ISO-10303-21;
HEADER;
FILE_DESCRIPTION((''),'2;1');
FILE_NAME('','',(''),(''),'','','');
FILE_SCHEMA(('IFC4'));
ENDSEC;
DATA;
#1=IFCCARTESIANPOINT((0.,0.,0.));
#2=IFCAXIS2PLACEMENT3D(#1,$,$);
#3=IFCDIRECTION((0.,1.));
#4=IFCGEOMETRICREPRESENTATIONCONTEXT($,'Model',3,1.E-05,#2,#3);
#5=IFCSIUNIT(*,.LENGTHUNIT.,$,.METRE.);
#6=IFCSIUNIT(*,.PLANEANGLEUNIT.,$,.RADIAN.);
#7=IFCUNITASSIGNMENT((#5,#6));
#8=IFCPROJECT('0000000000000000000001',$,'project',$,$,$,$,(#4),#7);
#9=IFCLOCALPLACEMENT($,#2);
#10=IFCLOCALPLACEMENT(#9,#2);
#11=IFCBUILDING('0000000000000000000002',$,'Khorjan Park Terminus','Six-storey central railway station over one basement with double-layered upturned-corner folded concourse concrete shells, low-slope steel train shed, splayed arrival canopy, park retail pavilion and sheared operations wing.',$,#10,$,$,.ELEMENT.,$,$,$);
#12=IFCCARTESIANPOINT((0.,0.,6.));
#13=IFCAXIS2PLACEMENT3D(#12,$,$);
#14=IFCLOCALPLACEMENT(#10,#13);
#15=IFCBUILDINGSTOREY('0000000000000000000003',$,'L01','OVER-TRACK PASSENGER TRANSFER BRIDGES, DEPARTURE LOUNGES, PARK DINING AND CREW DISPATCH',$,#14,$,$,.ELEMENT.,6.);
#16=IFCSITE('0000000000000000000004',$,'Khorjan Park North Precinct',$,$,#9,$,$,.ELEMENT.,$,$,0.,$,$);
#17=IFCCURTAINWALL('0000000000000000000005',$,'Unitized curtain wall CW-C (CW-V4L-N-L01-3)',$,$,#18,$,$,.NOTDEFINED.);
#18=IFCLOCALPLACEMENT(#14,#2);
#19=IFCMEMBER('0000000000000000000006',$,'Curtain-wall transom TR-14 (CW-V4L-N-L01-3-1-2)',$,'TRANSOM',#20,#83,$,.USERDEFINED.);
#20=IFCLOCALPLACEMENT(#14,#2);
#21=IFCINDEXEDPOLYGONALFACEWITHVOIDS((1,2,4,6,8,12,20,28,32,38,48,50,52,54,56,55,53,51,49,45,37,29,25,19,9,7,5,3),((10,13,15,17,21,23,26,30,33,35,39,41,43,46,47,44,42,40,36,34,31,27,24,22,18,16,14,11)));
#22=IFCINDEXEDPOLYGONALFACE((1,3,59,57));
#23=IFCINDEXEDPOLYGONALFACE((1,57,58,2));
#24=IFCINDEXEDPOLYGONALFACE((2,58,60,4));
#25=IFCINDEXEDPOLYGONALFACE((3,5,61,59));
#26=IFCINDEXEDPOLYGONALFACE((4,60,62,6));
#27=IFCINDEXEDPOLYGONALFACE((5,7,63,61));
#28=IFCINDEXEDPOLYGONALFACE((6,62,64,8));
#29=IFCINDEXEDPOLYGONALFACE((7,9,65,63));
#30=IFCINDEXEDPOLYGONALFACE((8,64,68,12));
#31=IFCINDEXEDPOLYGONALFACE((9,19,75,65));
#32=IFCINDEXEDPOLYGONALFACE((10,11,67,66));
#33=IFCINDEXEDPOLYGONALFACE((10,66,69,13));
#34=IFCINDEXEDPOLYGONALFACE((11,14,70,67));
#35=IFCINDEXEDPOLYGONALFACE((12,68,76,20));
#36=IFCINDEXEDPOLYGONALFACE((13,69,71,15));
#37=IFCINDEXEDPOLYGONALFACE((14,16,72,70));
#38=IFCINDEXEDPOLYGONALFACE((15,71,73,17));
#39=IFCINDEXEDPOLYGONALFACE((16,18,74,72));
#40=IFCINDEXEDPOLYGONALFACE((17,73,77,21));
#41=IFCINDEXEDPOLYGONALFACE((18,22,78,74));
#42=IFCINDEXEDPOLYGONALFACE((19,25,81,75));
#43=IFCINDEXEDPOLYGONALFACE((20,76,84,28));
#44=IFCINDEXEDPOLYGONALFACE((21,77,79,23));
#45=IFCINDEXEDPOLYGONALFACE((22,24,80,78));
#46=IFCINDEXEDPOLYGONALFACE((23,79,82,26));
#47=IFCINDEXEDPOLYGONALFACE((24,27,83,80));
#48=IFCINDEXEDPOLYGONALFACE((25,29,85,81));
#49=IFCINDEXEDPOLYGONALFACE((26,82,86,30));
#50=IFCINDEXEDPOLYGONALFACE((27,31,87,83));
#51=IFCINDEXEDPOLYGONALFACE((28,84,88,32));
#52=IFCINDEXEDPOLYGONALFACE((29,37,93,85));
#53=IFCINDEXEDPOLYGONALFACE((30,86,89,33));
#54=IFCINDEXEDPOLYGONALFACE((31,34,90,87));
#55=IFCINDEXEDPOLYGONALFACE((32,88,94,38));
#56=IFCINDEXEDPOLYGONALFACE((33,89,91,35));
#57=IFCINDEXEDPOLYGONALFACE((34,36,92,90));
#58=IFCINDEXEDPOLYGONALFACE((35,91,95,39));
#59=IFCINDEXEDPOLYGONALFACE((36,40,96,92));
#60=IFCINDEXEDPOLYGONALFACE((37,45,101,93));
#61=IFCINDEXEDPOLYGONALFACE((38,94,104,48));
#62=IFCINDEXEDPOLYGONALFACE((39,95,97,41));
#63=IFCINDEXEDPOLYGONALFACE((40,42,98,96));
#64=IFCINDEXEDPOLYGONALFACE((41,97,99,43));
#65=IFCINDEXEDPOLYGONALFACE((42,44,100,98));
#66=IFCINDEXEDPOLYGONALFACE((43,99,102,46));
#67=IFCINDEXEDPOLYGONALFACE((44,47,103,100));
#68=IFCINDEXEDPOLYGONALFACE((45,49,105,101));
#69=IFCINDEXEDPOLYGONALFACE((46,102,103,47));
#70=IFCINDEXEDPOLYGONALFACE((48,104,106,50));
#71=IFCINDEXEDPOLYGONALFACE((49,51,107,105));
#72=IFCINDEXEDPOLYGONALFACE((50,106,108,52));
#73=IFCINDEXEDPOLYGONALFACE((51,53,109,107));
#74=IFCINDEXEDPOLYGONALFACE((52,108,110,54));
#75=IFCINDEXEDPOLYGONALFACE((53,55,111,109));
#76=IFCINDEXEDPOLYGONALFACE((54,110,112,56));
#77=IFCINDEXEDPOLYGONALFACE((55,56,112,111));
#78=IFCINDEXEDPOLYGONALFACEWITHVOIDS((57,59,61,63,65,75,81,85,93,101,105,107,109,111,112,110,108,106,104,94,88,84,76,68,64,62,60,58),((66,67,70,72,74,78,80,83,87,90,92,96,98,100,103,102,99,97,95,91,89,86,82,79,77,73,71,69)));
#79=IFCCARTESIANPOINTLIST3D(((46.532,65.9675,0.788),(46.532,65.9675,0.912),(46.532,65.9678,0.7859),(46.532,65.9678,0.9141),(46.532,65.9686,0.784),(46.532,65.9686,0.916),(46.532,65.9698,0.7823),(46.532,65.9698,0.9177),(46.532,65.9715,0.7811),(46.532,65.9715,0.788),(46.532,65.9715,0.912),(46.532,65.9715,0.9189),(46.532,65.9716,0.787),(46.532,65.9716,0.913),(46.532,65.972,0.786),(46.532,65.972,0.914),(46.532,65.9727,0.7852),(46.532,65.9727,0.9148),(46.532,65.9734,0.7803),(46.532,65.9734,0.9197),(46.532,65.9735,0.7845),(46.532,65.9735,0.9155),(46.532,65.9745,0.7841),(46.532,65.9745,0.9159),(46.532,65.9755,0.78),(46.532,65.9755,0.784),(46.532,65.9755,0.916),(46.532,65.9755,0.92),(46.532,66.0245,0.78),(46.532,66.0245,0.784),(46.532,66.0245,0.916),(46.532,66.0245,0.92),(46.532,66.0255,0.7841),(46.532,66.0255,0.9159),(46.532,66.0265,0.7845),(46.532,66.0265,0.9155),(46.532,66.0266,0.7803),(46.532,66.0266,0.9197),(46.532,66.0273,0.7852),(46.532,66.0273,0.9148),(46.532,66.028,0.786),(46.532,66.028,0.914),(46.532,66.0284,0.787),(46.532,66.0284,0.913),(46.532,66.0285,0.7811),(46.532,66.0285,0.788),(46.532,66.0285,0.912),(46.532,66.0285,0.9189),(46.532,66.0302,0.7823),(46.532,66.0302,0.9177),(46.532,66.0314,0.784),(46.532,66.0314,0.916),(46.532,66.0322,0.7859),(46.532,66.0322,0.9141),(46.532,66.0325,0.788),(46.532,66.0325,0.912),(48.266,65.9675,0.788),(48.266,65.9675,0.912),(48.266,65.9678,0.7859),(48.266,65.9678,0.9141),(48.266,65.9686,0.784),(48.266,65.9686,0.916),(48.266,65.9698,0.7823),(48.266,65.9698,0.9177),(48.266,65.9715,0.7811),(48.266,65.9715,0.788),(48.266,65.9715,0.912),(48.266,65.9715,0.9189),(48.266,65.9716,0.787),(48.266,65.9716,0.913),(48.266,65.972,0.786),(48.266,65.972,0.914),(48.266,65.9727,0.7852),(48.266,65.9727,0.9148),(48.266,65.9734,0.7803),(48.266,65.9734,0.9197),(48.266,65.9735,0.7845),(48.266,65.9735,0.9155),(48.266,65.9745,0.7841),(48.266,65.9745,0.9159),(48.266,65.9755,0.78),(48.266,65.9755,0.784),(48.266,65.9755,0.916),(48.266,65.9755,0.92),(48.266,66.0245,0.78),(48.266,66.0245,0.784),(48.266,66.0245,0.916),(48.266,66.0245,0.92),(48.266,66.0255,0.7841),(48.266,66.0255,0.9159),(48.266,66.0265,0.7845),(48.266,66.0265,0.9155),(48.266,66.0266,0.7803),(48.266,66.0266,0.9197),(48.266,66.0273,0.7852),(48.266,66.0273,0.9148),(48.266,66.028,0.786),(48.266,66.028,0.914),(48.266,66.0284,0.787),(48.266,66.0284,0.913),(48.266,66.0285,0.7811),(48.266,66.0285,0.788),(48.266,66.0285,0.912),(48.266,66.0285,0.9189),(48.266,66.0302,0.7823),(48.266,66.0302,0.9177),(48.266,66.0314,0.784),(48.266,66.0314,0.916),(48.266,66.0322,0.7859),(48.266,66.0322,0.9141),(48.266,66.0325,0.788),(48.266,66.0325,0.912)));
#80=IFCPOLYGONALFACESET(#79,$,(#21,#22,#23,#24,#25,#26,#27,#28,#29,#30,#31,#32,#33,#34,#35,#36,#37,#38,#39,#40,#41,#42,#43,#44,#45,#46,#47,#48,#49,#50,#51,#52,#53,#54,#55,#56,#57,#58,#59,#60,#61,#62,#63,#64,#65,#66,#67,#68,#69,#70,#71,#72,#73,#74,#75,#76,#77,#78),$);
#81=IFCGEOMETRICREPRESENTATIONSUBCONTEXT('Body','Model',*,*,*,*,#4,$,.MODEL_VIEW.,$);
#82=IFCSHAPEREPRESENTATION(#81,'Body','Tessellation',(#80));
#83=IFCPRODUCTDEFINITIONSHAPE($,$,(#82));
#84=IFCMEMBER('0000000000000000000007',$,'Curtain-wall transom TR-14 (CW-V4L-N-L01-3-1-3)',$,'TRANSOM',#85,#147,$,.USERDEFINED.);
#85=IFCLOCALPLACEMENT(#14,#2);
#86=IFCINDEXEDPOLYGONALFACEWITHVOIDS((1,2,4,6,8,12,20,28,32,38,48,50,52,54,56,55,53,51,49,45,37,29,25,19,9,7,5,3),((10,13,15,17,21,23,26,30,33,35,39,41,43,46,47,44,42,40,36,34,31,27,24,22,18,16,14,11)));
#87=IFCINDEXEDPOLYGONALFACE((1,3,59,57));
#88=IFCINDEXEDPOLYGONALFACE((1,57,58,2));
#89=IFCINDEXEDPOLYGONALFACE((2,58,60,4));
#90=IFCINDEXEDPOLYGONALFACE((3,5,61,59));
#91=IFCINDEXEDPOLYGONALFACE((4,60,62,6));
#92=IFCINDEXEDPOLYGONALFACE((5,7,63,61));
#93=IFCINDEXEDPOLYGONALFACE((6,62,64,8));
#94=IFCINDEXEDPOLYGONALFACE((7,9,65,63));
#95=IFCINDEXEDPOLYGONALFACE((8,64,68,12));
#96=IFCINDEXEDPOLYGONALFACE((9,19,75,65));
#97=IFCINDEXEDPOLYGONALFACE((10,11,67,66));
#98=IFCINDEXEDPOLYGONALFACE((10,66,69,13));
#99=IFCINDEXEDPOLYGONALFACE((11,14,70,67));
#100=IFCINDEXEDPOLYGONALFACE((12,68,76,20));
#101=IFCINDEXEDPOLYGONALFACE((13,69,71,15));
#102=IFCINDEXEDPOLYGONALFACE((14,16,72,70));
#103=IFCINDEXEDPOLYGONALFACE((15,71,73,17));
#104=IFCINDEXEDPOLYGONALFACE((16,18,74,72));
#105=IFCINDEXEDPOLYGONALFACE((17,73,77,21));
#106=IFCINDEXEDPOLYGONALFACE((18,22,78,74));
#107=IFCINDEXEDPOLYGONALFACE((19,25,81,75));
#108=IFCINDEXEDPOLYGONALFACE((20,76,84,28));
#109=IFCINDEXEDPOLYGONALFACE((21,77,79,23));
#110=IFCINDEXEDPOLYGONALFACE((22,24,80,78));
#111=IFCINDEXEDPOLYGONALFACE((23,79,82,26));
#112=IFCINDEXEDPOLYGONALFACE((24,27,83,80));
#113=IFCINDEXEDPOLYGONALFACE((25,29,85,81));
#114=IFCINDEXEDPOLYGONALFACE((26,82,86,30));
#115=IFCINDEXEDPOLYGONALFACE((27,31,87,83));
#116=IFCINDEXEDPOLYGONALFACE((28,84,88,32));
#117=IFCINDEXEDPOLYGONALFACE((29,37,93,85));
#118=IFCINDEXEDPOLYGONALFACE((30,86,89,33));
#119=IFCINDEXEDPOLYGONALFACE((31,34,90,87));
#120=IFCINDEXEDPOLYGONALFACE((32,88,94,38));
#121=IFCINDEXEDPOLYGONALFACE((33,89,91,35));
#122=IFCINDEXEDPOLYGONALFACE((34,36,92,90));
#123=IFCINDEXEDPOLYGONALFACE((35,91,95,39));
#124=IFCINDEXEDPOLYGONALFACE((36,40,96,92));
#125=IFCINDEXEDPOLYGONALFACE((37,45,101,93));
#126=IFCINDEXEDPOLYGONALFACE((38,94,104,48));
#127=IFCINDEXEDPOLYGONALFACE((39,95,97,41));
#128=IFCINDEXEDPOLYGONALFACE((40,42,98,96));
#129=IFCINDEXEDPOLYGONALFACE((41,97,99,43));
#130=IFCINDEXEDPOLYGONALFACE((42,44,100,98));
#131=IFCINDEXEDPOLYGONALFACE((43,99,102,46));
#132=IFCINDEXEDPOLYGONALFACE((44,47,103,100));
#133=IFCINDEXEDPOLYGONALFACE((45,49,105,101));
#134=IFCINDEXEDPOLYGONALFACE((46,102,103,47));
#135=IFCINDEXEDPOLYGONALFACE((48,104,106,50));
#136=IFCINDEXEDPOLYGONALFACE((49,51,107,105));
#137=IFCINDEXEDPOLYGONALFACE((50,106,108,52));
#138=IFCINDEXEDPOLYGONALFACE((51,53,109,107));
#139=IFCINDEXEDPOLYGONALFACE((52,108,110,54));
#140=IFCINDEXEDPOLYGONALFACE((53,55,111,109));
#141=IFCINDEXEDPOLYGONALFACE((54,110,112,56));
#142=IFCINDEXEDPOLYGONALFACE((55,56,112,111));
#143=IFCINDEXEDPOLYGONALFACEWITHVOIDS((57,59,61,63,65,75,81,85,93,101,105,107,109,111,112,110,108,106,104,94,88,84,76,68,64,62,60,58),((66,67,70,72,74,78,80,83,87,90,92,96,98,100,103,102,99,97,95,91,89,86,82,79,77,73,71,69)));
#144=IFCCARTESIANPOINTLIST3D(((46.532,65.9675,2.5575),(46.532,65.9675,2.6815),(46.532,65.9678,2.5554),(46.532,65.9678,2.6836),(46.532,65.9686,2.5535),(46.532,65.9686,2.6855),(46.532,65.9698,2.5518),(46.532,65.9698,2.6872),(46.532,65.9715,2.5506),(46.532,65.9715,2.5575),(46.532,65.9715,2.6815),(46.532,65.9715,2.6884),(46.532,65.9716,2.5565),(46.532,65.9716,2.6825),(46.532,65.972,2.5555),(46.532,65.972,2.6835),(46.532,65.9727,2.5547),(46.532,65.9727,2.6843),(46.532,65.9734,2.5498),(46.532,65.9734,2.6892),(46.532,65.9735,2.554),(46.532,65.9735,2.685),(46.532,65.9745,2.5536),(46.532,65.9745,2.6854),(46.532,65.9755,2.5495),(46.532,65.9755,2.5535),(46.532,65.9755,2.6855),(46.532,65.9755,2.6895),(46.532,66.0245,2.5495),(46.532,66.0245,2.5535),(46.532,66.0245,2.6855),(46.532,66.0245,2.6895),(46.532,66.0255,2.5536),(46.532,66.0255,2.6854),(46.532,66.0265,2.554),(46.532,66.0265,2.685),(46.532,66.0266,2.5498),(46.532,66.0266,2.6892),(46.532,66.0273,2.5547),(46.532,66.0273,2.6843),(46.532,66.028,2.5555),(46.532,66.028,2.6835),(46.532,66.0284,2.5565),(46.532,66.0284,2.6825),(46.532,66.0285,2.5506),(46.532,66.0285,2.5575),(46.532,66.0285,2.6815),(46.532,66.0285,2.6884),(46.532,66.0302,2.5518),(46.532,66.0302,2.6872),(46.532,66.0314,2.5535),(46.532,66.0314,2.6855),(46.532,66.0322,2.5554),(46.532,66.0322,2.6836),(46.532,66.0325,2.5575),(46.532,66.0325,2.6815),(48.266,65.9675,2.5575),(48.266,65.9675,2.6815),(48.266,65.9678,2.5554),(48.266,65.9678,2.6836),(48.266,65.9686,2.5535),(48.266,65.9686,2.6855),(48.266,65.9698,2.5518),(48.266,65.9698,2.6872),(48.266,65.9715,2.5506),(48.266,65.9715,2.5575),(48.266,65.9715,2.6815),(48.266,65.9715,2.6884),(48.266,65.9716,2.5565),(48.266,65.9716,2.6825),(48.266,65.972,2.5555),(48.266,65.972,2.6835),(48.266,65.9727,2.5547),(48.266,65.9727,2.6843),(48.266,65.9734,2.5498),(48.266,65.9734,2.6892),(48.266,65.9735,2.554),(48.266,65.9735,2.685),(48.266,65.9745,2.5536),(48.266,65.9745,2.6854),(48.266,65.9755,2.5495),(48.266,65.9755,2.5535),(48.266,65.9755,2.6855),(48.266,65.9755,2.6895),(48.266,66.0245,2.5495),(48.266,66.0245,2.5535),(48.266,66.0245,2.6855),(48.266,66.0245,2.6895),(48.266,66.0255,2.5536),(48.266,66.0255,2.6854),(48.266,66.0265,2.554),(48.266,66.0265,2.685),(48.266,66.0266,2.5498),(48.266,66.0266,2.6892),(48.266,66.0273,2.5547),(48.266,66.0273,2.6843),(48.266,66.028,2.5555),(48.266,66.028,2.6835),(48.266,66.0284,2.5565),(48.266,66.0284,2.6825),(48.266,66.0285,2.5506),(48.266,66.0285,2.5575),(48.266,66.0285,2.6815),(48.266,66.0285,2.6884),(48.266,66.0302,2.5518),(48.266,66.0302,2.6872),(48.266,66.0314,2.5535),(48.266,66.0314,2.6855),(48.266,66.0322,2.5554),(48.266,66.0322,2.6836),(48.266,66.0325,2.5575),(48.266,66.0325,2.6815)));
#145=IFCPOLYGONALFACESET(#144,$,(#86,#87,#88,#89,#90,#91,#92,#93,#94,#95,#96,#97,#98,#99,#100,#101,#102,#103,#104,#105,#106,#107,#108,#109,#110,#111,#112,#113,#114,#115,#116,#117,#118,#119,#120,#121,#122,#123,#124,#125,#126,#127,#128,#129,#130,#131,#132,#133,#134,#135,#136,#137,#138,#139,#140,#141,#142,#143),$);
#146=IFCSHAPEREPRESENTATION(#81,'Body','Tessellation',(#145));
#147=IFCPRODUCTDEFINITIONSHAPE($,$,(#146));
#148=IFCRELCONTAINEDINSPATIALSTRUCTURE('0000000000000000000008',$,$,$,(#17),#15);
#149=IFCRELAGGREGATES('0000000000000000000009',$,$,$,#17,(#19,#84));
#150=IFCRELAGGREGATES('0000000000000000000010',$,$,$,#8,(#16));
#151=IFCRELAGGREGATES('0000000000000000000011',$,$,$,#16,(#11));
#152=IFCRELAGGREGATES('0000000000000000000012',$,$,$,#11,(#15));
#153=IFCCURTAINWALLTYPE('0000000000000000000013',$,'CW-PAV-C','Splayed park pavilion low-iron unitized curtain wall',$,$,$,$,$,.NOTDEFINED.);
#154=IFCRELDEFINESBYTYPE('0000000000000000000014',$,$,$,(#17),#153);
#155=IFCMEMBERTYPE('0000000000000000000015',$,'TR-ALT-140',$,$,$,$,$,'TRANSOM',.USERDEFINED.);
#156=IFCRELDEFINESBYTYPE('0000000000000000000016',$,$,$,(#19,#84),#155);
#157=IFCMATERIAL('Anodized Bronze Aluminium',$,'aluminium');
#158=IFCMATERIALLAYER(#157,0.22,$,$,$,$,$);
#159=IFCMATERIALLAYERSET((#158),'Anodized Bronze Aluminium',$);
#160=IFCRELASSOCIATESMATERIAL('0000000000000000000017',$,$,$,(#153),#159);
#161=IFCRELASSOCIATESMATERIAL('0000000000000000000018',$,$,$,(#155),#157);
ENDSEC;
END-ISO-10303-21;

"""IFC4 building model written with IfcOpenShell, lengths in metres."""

from ifc_helpers import new_model, si_unit, direction, frame, origin, origin_2d, place, context, subcontext, project, spatial, hollow_rectangle, extrude, material, layer, layer_set, material_profile, profile_set, type_object, element, aggregate, save


model = new_model("IFC4")

# Units and contexts
model_context = context("Model", 3, precision=1e-05, world=origin(), true_north=direction((0.0, 1.0)))
body_context = subcontext(model_context, "Body", "Model", "MODEL_VIEW")
ifc_project = project(units=[si_unit("LENGTHUNIT", "METRE"), si_unit("PLANEANGLEUNIT", "RADIAN")], contexts=[model_context])

# Site, building, storey
site_placement = place(None, origin())
site = spatial("IfcSite", under=ifc_project, at=site_placement, Name="Khorjan Park North Precinct", CompositionType="ELEMENT", RefElevation=0.0)
building_placement = place(site_placement, origin())
building = spatial("IfcBuilding", under=site, at=building_placement, Name="Khorjan Park Terminus", Description="Six-storey central railway station over one basement with double-layered upturned-corner folded concourse concrete shells, low-slope steel train shed, splayed arrival canopy, park retail pavilion and sheared operations wing.", CompositionType="ELEMENT")
storey_placement = place(building_placement, frame((0.0, 0.0, 6.0)))
storey = spatial("IfcBuildingStorey", under=building, at=storey_placement, Name="L01", Description="OVER-TRACK PASSENGER TRANSFER BRIDGES, DEPARTURE LOUNGES, PARK DINING AND CREW DISPATCH", CompositionType="ELEMENT", Elevation=6.0)

# Curtain wall
ifc_material_1 = material(Name="Anodized Bronze Aluminium", Category="aluminium")
ifc_layer_1 = layer(ifc_material_1, 0.22)
ifc_layer_set_1 = layer_set([ifc_layer_1], Name="Anodized Bronze Aluminium")
curtain_wall_type = type_object("IfcCurtainWallType", Name="CW-PAV-C", Description="Splayed park pavilion low-iron unitized curtain wall", PredefinedType="NOTDEFINED", material=ifc_layer_set_1)
curtain_wall_1_placement = place(storey_placement, origin())
curtain_wall_1 = element("IfcCurtainWall", 1, at=curtain_wall_1_placement, inside=storey, type_object=curtain_wall_type, Name="Unitized curtain wall CW-C (CW-V4L-N-L01-3)", PredefinedType="NOTDEFINED")

# Members
ifc_material_profile_1 = material_profile(ifc_material_1, hollow_rectangle(XDim=0.065, YDim=0.14, WallThickness=0.004, InnerFilletRadius=0.004, OuterFilletRadius=0.008, at=origin_2d()), Name="ALT 65x140x4")
ifc_profile_set_1 = profile_set([ifc_material_profile_1], Name="Anodized Bronze Aluminium")
member_type_1 = type_object("IfcMemberType", Name="TR-ALT-140", ElementType="TRANSOM", PredefinedType="USERDEFINED", material=ifc_profile_set_1)
member_1_placement = place(storey_placement, frame((48.266, 66.0, 0.85), z_axis=(-1.0, 0.0, 0.0), x_axis=(0.0, -1.0, 0.0)))
member_1 = element("IfcMember", 2, at=member_1_placement, type_object=member_type_1, Name="Curtain-wall transom TR-14 (CW-V4L-N-L01-3-1-2)", ObjectType="TRANSOM", PredefinedType="USERDEFINED", context=body_context, shape_type="SweptSolid", body=[
    extrude(hollow_rectangle(XDim=0.065, YDim=0.14, WallThickness=0.004, InnerFilletRadius=0.004, OuterFilletRadius=0.008, at=origin_2d()), origin(), (0.0, 0.0, 1.0), 1.734),
])
member_2_placement = place(storey_placement, frame((48.266, 66.0, 2.6195), z_axis=(-1.0, 0.0, 0.0), x_axis=(0.0, -1.0, 0.0)))
member_2 = element("IfcMember", 3, at=member_2_placement, type_object=member_type_1, Name="Curtain-wall transom TR-14 (CW-V4L-N-L01-3-1-3)", ObjectType="TRANSOM", PredefinedType="USERDEFINED", context=body_context, shape_type="SweptSolid", body=[
    extrude(hollow_rectangle(XDim=0.065, YDim=0.14, WallThickness=0.004, InnerFilletRadius=0.004, OuterFilletRadius=0.008, at=origin_2d()), origin(), (0.0, 0.0, 1.0), 1.734),
])

aggregate(curtain_wall_1, [member_1, member_2])

save(model, "model.ifc")
